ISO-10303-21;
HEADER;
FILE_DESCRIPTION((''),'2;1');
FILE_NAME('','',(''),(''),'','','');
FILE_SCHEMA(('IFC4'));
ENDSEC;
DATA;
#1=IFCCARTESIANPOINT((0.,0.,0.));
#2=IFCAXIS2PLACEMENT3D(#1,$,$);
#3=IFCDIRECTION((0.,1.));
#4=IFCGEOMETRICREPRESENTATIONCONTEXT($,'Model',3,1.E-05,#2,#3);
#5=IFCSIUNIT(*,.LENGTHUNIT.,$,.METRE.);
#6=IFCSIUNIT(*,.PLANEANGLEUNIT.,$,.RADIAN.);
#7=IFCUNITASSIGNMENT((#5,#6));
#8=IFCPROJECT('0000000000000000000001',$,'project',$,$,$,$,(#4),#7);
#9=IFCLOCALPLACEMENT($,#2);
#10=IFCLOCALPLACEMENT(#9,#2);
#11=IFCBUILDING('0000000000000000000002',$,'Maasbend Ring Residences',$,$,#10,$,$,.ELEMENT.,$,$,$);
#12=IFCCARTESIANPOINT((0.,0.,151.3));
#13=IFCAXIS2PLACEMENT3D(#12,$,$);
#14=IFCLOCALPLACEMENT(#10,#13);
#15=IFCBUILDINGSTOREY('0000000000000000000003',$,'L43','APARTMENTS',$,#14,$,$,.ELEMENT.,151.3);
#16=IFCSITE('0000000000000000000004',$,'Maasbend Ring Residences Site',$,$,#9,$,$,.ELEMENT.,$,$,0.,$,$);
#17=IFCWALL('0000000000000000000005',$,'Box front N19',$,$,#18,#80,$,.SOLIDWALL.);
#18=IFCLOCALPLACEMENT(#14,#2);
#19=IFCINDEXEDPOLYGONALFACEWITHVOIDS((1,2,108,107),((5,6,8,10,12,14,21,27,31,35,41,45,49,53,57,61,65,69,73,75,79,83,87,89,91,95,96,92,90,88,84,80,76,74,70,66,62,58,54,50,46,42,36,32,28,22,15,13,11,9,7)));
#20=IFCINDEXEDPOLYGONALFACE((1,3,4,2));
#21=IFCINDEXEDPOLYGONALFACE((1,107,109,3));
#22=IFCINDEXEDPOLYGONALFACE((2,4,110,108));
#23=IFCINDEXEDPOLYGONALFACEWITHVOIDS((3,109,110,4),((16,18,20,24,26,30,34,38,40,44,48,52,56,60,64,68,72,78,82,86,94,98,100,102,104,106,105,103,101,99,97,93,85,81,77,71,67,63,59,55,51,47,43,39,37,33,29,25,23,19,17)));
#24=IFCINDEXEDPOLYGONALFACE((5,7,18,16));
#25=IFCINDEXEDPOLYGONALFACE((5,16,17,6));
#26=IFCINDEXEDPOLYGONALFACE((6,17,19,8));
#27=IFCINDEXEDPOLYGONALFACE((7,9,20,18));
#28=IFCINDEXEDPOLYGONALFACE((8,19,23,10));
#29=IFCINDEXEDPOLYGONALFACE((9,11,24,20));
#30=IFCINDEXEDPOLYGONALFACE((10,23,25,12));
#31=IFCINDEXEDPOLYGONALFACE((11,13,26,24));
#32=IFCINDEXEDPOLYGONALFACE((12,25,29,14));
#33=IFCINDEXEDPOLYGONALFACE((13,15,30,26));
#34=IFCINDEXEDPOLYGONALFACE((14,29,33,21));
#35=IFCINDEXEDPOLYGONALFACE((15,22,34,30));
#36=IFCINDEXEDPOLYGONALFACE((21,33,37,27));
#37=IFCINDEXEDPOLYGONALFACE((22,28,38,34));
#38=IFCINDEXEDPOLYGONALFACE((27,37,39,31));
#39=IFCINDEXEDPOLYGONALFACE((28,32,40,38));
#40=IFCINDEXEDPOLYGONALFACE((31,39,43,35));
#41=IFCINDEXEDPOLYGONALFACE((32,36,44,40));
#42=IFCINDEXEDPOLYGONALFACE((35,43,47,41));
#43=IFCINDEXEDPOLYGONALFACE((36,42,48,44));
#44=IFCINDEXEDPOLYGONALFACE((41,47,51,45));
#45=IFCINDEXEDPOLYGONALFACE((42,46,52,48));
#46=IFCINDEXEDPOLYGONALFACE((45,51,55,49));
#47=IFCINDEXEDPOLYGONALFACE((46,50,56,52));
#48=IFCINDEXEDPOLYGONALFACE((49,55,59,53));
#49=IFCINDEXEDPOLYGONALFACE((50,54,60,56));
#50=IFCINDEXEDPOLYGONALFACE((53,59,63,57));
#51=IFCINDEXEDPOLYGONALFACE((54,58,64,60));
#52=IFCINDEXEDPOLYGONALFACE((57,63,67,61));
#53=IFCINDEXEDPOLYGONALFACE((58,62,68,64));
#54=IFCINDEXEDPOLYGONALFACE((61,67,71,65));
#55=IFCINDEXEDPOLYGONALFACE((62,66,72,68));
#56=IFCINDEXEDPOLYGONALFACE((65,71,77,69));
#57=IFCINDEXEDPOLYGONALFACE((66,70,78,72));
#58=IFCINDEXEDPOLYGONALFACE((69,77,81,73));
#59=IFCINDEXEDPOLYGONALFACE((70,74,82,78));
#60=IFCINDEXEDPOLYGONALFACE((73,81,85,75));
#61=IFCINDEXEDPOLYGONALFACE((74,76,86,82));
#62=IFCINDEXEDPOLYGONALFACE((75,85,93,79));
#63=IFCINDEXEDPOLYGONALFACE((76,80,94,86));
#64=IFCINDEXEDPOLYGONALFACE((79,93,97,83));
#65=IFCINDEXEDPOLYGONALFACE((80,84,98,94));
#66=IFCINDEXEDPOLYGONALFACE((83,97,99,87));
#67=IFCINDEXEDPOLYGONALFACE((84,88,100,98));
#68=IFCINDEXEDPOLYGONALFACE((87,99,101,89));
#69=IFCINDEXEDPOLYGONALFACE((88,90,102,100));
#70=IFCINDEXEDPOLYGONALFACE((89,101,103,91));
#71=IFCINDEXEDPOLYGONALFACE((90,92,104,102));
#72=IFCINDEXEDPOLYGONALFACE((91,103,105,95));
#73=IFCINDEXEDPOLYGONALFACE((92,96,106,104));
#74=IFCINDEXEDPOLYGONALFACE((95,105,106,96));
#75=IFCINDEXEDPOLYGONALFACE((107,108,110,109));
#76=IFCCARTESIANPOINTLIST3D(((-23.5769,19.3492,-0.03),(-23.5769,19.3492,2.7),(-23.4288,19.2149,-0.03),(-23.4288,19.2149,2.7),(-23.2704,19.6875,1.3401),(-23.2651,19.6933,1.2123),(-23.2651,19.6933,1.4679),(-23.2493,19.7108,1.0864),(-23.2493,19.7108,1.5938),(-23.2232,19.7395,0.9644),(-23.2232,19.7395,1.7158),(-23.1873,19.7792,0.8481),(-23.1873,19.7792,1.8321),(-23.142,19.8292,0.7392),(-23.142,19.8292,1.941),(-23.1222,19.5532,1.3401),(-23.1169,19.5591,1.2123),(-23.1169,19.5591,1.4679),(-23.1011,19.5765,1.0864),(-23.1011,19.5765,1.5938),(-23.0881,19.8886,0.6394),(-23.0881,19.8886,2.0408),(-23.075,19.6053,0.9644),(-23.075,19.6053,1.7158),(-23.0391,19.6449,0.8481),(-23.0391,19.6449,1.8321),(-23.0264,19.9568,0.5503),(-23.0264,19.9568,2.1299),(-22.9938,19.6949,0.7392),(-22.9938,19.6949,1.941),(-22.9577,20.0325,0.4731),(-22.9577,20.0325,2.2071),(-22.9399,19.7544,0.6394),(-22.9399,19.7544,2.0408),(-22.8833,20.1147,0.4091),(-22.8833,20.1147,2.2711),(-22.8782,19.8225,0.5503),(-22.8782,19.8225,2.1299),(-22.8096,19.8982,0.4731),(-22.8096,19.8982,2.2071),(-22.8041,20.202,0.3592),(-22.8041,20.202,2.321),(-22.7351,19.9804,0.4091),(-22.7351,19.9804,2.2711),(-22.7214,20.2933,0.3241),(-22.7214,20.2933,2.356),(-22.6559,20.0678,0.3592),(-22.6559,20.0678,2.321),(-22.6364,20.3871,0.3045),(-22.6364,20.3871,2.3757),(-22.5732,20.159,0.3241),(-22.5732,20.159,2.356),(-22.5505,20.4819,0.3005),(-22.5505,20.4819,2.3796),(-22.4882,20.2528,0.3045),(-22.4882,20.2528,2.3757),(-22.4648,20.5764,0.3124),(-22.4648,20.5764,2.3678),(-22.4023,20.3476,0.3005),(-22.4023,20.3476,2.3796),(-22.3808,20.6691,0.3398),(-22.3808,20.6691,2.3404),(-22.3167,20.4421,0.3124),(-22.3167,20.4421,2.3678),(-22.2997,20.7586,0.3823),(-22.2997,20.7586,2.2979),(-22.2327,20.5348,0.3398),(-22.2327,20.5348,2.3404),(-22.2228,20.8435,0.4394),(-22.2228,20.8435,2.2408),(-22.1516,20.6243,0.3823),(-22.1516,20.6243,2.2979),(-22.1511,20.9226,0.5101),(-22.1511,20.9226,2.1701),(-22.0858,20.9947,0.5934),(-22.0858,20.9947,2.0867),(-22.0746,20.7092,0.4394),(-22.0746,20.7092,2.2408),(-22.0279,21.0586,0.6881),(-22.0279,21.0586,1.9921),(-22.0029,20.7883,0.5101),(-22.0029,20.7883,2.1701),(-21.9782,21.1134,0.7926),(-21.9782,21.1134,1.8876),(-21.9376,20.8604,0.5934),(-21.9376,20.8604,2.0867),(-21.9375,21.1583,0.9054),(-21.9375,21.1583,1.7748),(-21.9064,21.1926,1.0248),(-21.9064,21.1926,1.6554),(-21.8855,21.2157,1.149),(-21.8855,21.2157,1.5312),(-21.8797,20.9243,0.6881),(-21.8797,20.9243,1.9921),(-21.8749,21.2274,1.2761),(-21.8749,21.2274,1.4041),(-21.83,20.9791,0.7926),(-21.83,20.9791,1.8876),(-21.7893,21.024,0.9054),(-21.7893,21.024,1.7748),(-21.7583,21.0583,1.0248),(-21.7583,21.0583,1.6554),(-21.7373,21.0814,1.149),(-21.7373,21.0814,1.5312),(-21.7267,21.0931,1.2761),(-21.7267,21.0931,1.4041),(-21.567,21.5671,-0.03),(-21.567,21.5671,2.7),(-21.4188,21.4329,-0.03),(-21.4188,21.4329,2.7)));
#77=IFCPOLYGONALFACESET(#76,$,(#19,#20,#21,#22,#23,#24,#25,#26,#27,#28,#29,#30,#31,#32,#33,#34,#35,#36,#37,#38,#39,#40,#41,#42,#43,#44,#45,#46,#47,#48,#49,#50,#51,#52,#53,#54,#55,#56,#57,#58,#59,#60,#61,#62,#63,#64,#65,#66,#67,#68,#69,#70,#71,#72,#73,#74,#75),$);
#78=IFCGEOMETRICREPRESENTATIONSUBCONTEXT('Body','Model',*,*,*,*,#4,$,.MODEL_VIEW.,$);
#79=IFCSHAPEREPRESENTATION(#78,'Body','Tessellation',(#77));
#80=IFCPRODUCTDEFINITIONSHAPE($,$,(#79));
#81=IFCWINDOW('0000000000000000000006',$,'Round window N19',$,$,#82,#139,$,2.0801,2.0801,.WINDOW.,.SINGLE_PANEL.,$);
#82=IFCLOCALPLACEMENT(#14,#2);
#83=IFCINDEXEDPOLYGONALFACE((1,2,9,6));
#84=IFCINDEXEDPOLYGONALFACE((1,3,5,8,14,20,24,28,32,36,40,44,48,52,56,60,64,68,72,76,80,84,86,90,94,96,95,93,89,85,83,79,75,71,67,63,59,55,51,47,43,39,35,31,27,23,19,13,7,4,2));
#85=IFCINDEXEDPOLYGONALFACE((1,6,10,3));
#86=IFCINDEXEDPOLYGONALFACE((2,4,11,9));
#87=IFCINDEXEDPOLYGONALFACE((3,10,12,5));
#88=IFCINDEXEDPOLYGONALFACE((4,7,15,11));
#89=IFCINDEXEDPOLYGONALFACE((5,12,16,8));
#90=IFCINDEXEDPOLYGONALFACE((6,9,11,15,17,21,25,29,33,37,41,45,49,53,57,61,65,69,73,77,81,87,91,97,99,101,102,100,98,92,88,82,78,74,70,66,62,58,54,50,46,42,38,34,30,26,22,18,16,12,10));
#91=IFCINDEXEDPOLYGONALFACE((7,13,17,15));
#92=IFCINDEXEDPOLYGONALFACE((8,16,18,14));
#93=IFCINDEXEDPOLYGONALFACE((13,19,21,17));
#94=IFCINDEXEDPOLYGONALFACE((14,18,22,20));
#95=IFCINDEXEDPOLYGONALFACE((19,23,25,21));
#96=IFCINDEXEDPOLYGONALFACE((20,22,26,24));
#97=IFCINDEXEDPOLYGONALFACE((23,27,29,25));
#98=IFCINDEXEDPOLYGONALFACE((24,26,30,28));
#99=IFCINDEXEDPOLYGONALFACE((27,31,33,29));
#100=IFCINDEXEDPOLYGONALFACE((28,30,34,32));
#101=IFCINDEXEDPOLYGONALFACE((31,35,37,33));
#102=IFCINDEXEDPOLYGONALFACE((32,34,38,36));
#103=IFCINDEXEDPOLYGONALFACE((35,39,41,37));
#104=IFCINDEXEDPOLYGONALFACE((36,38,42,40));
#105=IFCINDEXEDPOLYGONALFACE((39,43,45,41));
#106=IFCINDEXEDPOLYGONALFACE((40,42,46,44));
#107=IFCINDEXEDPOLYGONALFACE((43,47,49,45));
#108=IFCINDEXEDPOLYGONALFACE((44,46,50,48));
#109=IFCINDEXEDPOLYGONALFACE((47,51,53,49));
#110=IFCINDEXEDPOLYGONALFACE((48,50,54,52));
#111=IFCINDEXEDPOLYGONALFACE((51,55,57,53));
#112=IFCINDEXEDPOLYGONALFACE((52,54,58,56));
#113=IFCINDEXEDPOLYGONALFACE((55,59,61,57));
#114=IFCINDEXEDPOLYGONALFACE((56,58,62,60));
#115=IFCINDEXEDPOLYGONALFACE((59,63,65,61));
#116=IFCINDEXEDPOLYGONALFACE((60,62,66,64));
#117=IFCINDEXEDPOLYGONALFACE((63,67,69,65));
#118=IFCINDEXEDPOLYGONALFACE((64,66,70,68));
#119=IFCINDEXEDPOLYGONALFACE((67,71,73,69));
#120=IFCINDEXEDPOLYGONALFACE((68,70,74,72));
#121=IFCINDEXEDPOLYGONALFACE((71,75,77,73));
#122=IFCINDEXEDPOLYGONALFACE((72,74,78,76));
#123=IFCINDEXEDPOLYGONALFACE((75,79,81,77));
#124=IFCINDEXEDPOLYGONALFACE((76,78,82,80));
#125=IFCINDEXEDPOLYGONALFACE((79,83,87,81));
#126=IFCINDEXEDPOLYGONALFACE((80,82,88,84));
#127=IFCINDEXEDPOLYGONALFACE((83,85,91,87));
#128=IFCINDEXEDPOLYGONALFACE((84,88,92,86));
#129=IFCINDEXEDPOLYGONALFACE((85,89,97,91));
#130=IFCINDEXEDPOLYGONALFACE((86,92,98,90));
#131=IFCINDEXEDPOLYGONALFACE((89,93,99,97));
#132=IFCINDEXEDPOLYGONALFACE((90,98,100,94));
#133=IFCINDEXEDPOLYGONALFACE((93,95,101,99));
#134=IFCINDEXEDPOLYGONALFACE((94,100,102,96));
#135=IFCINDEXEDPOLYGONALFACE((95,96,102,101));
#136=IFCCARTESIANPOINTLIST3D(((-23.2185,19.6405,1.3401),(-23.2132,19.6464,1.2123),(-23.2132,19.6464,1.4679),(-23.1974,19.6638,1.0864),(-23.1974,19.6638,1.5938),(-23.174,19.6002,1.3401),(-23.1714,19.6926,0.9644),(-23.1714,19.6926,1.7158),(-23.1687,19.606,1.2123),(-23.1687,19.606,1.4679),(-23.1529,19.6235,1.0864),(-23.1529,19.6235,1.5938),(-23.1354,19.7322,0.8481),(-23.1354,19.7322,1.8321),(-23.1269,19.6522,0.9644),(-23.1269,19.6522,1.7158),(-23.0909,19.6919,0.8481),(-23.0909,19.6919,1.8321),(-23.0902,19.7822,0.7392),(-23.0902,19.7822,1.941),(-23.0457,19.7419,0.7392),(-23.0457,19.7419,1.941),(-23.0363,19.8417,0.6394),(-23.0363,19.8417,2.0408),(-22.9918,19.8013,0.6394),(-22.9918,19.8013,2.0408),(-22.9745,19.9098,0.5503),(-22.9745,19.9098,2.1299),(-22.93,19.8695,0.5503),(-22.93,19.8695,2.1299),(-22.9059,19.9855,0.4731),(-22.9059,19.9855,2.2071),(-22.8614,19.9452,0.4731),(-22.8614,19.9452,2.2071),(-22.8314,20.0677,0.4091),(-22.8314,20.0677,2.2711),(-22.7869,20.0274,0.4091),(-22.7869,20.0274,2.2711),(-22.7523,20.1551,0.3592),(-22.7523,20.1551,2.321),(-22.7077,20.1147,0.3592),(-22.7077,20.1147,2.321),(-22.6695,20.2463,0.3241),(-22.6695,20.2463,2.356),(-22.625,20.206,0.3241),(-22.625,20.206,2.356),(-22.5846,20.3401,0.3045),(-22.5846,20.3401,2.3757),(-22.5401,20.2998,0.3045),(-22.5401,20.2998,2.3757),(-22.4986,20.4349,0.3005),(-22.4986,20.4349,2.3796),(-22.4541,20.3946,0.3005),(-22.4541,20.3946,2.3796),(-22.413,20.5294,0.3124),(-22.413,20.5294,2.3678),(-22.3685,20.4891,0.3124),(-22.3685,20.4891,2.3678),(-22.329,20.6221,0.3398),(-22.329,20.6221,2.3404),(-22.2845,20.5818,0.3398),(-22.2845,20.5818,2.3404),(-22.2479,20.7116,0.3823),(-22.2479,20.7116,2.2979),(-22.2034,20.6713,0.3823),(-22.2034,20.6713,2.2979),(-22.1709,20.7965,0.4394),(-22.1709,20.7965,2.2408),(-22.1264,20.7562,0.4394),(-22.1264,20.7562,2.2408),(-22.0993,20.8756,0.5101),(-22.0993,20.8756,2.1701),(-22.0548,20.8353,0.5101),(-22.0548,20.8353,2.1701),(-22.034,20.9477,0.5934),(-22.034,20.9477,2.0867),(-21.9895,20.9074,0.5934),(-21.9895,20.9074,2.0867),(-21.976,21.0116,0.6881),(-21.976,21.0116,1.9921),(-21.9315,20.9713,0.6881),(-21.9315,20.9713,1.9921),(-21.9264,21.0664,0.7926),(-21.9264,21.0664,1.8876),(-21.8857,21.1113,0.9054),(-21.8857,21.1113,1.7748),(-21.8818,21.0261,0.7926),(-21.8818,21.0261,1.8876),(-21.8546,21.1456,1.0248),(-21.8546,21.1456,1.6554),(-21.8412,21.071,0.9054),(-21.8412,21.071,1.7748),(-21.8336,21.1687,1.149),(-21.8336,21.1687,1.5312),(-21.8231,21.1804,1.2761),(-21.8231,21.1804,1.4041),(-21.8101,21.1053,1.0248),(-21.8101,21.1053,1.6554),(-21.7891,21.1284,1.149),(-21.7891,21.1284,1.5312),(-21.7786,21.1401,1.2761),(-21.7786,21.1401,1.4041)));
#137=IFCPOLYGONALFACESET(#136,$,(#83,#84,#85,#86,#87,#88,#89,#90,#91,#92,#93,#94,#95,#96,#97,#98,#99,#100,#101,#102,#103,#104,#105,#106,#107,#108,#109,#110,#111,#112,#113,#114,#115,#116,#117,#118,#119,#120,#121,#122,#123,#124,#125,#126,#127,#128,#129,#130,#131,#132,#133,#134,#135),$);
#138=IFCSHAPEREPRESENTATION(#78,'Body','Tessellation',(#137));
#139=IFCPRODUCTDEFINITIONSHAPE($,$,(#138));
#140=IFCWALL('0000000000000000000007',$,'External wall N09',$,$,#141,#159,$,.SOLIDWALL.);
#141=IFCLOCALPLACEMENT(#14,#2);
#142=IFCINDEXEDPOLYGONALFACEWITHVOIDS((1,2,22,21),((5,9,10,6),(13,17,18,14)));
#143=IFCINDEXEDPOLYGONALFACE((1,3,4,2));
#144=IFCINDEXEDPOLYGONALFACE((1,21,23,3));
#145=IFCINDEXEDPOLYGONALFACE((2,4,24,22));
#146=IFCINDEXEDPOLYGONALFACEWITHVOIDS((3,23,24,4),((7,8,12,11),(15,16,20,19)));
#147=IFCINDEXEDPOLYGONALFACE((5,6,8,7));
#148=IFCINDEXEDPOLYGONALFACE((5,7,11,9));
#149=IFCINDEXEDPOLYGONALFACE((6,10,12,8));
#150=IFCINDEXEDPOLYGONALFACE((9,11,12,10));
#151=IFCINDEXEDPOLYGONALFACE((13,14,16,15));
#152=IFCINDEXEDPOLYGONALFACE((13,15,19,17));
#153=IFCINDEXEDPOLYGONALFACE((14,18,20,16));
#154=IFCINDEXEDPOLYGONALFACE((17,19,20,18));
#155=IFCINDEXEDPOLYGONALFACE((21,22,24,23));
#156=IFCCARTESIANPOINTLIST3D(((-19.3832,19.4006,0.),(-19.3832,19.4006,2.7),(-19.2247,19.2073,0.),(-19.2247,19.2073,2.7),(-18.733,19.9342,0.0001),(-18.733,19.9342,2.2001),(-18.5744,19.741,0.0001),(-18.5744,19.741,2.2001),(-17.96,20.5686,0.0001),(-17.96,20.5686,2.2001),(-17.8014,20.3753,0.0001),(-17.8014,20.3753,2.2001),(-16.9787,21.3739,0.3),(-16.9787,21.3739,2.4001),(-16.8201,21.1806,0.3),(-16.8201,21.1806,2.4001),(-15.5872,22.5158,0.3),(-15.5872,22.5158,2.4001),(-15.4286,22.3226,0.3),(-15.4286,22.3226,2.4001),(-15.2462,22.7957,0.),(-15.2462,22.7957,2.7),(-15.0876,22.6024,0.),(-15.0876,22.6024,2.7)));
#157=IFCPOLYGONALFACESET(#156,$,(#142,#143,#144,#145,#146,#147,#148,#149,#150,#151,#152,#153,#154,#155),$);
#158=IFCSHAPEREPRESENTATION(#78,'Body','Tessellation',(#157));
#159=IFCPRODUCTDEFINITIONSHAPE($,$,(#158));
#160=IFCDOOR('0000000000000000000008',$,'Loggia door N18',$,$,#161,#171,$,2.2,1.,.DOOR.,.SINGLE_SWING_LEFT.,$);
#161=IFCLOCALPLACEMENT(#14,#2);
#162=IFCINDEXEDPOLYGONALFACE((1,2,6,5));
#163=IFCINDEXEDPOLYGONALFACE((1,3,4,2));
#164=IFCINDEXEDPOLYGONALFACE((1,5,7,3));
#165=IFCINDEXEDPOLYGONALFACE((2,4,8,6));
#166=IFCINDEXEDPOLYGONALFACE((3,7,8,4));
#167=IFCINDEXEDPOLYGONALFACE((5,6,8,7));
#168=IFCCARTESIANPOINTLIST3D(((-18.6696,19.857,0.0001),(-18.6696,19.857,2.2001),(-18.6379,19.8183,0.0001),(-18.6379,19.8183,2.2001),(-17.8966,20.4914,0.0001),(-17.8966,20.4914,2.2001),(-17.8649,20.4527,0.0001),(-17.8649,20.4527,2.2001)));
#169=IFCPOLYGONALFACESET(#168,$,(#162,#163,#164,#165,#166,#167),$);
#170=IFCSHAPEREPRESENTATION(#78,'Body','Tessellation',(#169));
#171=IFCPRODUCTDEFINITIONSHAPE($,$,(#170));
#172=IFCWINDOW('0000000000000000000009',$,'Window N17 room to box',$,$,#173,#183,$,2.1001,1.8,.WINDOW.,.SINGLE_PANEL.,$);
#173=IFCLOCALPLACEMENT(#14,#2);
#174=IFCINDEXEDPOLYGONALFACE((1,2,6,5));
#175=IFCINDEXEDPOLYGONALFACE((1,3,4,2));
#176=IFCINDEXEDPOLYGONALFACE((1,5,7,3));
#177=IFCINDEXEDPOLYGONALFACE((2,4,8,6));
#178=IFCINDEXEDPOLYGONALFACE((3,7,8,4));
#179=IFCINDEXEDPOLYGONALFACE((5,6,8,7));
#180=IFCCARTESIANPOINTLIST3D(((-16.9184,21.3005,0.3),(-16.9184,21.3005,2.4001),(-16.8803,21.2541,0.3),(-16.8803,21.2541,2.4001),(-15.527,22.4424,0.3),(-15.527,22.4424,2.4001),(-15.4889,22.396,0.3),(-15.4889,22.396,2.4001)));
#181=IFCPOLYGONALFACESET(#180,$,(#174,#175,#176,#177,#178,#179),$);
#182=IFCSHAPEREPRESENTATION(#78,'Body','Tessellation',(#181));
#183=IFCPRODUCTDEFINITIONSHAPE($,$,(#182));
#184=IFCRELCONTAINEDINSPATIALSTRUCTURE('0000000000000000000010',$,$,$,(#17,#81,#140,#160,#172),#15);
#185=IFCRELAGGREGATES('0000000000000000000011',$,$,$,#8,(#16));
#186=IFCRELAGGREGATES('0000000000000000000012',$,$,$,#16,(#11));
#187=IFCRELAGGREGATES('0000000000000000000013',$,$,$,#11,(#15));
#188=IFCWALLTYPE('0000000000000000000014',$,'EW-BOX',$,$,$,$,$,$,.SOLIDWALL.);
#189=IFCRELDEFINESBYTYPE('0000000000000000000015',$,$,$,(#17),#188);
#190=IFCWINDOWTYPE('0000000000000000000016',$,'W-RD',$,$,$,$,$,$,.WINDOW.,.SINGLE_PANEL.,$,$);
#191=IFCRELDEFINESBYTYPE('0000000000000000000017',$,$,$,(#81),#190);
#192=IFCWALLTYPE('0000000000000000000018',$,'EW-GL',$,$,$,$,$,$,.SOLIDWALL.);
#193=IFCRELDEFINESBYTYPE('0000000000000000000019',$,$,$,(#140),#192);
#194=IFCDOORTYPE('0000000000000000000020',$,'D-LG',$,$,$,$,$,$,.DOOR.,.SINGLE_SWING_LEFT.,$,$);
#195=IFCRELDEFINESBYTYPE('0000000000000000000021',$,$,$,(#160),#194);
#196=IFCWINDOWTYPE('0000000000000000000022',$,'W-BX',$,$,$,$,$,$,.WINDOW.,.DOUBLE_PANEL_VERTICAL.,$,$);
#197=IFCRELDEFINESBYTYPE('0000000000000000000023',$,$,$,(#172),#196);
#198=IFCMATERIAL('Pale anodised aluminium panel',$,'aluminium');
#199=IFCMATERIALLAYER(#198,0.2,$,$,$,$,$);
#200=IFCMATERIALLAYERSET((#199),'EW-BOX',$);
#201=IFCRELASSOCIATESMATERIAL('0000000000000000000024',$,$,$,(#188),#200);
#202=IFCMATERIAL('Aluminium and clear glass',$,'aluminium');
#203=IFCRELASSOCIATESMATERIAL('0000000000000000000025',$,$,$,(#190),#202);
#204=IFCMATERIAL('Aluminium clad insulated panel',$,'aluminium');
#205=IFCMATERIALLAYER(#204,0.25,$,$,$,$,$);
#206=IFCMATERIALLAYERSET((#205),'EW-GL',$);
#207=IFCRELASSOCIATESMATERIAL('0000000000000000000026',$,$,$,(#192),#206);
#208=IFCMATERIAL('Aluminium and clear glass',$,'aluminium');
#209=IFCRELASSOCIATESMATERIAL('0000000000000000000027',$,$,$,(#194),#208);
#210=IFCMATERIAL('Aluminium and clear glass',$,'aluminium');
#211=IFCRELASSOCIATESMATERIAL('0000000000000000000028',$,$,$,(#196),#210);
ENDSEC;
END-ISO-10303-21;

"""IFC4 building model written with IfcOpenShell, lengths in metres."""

from ifc_helpers import new_model, si_unit, direction, frame, frame_2d, origin, place, context, subcontext, project, spatial, rectangle, circle, extrude, material, layer, layer_set, type_object, element, fill, save


model = new_model("IFC4")

# Units and contexts
model_context = context("Model", 3, precision=1e-05, world=origin(), true_north=direction((0.0, 1.0)))
body_context = subcontext(model_context, "Body", "Model", "MODEL_VIEW")
ifc_project = project(units=[si_unit("LENGTHUNIT", "METRE"), si_unit("PLANEANGLEUNIT", "RADIAN")], contexts=[model_context])

# Site, building, storey
site_placement = place(None, origin())
site = spatial("IfcSite", under=ifc_project, at=site_placement, Name="Maasbend Ring Residences Site", CompositionType="ELEMENT", RefElevation=0.0)
building_placement = place(site_placement, origin())
building = spatial("IfcBuilding", under=site, at=building_placement, Name="Maasbend Ring Residences", CompositionType="ELEMENT")
storey_placement = place(building_placement, frame((0.0, 0.0, 151.3)))
storey = spatial("IfcBuildingStorey", under=building, at=storey_placement, Name="L43", Description="APARTMENTS", CompositionType="ELEMENT", Elevation=151.3)

# Shared definitions
ifc_material_1 = material(Name="Pale anodised aluminium panel", Category="aluminium")
ifc_layer_1 = layer(ifc_material_1, 0.2)
ifc_layer_set_1 = layer_set([ifc_layer_1], Name="EW-BOX")
wall_type_1 = type_object("IfcWallType", Name="EW-BOX", PredefinedType="SOLIDWALL", material=ifc_layer_set_1)
ifc_material_2 = material(Name="Aluminium and clear glass", Category="aluminium")
window_type_1 = type_object("IfcWindowType", Name="W-RD", PartitioningType="SINGLE_PANEL", PredefinedType="WINDOW", material=ifc_material_2)

# Wall, opening, window
wall_1_placement = place(storey_placement, frame((-21.4929, 21.5, -0.03), z_axis=(0.0, 0.0, 1.0), x_axis=(-0.671507, -0.740998, 0.0)))
wall_1 = element("IfcWall", 1, at=wall_1_placement, inside=storey, type_object=wall_type_1, Name="Box front N19", PredefinedType="SOLIDWALL", context=body_context, shape_type="SweptSolid", body=[
    extrude(rectangle(XDim=2.9932, YDim=0.2, at=frame_2d((1.4966, 0.0))), origin(), (0.0, 0.0, 1.0), 2.73),
])
opening_1_placement = place(wall_1_placement, frame((0.4565, 0.0, 0.3301)))
opening_1 = element("IfcOpeningElement", 2, at=opening_1_placement, cuts=wall_1, PredefinedType="OPENING", context=body_context, shape_type="SweptSolid", body=[
    extrude(circle(Radius=1.04, at=frame_2d((1.04, 1.04))), frame((0.0, 0.1099, 0.0), z_axis=(0.0, -1.0, 0.0), x_axis=(1.0, 0.0, 0.0)), (0.0, 0.0, 1.0), 0.22),
])
window_1_placement = place(opening_1_placement, origin())
window_1 = element("IfcWindow", 3, at=window_1_placement, inside=storey, type_object=window_type_1, Name="Round window N19", OverallHeight=2.0801, OverallWidth=2.0801, PartitioningType="SINGLE_PANEL", PredefinedType="WINDOW", context=body_context, shape_type="SweptSolid", body=[
    extrude(circle(Radius=1.04, at=frame_2d((1.04, 1.04))), frame((0.0, 0.03, 0.0), z_axis=(0.0, -1.0, 0.0), x_axis=(1.0, 0.0, 0.0)), (0.0, 0.0, 1.0), 0.0601),
])
fill(opening_1, window_1)

# Wall, openings, door, window
ifc_material_3 = material(Name="Aluminium clad insulated panel", Category="aluminium")
ifc_layer_2 = layer(ifc_material_3, 0.25)
ifc_layer_set_2 = layer_set([ifc_layer_2], Name="EW-GL")
wall_type_2 = type_object("IfcWallType", Name="EW-GL", PredefinedType="SOLIDWALL", material=ifc_layer_set_2)
wall_2_placement = place(storey_placement, frame((-15.167, 22.699, 0.0), z_axis=(0.0, 0.0, 1.0), x_axis=(-0.773019, -0.634382, 0.0)))
wall_2 = element("IfcWall", 4, at=wall_2_placement, inside=storey, type_object=wall_type_2, Name="External wall N09", PredefinedType="SOLIDWALL", context=body_context, shape_type="SweptSolid", body=[
    extrude(rectangle(XDim=5.3518, YDim=0.25, at=frame_2d((2.6758, 0.0))), origin(), (0.0, 0.0, 1.0), 2.7),
])
opening_2_placement = place(wall_2_placement, frame((0.4412, 0.0, 0.3)))
opening_2 = element("IfcOpeningElement", 5, at=opening_2_placement, cuts=wall_2, PredefinedType="OPENING", context=body_context, shape_type="SweptSolid", body=[
    extrude(rectangle(XDim=1.8, YDim=2.1001, at=frame_2d((0.8999, 1.05))), frame((0.0, 0.135, 0.0), z_axis=(0.0, -1.0, 0.0), x_axis=(1.0, 0.0, 0.0)), (0.0, 0.0, 1.0), 0.27),
])
opening_3_placement = place(wall_2_placement, frame((3.5105, 0.0, 0.0)))
opening_3 = element("IfcOpeningElement", 6, at=opening_3_placement, cuts=wall_2, PredefinedType="OPENING", context=body_context, shape_type="SweptSolid", body=[
    extrude(rectangle(XDim=1.0, YDim=2.2, at=frame_2d((0.5, 1.1001))), frame((0.0, 0.135, 0.0), z_axis=(0.0, -1.0, 0.0), x_axis=(1.0, 0.0, 0.0)), (0.0, 0.0, 1.0), 0.27),
])
ifc_material_4 = material(Name="Aluminium and clear glass", Category="aluminium")
door_type_1 = type_object("IfcDoorType", Name="D-LG", OperationType="SINGLE_SWING_LEFT", PredefinedType="DOOR", material=ifc_material_4)
door_1_placement = place(opening_3_placement, origin())
door_1 = element("IfcDoor", 7, at=door_1_placement, inside=storey, type_object=door_type_1, Name="Loggia door N18", OperationType="SINGLE_SWING_LEFT", OverallHeight=2.2, OverallWidth=1.0, PredefinedType="DOOR", context=body_context, shape_type="SweptSolid", body=[
    extrude(rectangle(XDim=1.0, YDim=2.2, at=frame_2d((0.5, 1.1001))), frame((0.0, 0.0249, 0.0), z_axis=(0.0, -1.0, 0.0), x_axis=(1.0, 0.0, 0.0)), (0.0, 0.0, 1.0), 0.05),
])
fill(opening_3, door_1)
ifc_material_5 = material(Name="Aluminium and clear glass", Category="aluminium")
window_type_2 = type_object("IfcWindowType", Name="W-BX", PartitioningType="DOUBLE_PANEL_VERTICAL", PredefinedType="WINDOW", material=ifc_material_5)
window_2_placement = place(opening_2_placement, origin())
window_2 = element("IfcWindow", 8, at=window_2_placement, inside=storey, type_object=window_type_2, Name="Window N17 room to box", OverallHeight=2.1001, OverallWidth=1.8, PartitioningType="SINGLE_PANEL", PredefinedType="WINDOW", context=body_context, shape_type="SweptSolid", body=[
    extrude(rectangle(XDim=1.8, YDim=2.1001, at=frame_2d((0.8999, 1.05))), frame((0.0, 0.03, 0.0), z_axis=(0.0, -1.0, 0.0), x_axis=(1.0, 0.0, 0.0)), (0.0, 0.0, 1.0), 0.0601),
])
fill(opening_2, window_2)

save(model, "model.ifc")
